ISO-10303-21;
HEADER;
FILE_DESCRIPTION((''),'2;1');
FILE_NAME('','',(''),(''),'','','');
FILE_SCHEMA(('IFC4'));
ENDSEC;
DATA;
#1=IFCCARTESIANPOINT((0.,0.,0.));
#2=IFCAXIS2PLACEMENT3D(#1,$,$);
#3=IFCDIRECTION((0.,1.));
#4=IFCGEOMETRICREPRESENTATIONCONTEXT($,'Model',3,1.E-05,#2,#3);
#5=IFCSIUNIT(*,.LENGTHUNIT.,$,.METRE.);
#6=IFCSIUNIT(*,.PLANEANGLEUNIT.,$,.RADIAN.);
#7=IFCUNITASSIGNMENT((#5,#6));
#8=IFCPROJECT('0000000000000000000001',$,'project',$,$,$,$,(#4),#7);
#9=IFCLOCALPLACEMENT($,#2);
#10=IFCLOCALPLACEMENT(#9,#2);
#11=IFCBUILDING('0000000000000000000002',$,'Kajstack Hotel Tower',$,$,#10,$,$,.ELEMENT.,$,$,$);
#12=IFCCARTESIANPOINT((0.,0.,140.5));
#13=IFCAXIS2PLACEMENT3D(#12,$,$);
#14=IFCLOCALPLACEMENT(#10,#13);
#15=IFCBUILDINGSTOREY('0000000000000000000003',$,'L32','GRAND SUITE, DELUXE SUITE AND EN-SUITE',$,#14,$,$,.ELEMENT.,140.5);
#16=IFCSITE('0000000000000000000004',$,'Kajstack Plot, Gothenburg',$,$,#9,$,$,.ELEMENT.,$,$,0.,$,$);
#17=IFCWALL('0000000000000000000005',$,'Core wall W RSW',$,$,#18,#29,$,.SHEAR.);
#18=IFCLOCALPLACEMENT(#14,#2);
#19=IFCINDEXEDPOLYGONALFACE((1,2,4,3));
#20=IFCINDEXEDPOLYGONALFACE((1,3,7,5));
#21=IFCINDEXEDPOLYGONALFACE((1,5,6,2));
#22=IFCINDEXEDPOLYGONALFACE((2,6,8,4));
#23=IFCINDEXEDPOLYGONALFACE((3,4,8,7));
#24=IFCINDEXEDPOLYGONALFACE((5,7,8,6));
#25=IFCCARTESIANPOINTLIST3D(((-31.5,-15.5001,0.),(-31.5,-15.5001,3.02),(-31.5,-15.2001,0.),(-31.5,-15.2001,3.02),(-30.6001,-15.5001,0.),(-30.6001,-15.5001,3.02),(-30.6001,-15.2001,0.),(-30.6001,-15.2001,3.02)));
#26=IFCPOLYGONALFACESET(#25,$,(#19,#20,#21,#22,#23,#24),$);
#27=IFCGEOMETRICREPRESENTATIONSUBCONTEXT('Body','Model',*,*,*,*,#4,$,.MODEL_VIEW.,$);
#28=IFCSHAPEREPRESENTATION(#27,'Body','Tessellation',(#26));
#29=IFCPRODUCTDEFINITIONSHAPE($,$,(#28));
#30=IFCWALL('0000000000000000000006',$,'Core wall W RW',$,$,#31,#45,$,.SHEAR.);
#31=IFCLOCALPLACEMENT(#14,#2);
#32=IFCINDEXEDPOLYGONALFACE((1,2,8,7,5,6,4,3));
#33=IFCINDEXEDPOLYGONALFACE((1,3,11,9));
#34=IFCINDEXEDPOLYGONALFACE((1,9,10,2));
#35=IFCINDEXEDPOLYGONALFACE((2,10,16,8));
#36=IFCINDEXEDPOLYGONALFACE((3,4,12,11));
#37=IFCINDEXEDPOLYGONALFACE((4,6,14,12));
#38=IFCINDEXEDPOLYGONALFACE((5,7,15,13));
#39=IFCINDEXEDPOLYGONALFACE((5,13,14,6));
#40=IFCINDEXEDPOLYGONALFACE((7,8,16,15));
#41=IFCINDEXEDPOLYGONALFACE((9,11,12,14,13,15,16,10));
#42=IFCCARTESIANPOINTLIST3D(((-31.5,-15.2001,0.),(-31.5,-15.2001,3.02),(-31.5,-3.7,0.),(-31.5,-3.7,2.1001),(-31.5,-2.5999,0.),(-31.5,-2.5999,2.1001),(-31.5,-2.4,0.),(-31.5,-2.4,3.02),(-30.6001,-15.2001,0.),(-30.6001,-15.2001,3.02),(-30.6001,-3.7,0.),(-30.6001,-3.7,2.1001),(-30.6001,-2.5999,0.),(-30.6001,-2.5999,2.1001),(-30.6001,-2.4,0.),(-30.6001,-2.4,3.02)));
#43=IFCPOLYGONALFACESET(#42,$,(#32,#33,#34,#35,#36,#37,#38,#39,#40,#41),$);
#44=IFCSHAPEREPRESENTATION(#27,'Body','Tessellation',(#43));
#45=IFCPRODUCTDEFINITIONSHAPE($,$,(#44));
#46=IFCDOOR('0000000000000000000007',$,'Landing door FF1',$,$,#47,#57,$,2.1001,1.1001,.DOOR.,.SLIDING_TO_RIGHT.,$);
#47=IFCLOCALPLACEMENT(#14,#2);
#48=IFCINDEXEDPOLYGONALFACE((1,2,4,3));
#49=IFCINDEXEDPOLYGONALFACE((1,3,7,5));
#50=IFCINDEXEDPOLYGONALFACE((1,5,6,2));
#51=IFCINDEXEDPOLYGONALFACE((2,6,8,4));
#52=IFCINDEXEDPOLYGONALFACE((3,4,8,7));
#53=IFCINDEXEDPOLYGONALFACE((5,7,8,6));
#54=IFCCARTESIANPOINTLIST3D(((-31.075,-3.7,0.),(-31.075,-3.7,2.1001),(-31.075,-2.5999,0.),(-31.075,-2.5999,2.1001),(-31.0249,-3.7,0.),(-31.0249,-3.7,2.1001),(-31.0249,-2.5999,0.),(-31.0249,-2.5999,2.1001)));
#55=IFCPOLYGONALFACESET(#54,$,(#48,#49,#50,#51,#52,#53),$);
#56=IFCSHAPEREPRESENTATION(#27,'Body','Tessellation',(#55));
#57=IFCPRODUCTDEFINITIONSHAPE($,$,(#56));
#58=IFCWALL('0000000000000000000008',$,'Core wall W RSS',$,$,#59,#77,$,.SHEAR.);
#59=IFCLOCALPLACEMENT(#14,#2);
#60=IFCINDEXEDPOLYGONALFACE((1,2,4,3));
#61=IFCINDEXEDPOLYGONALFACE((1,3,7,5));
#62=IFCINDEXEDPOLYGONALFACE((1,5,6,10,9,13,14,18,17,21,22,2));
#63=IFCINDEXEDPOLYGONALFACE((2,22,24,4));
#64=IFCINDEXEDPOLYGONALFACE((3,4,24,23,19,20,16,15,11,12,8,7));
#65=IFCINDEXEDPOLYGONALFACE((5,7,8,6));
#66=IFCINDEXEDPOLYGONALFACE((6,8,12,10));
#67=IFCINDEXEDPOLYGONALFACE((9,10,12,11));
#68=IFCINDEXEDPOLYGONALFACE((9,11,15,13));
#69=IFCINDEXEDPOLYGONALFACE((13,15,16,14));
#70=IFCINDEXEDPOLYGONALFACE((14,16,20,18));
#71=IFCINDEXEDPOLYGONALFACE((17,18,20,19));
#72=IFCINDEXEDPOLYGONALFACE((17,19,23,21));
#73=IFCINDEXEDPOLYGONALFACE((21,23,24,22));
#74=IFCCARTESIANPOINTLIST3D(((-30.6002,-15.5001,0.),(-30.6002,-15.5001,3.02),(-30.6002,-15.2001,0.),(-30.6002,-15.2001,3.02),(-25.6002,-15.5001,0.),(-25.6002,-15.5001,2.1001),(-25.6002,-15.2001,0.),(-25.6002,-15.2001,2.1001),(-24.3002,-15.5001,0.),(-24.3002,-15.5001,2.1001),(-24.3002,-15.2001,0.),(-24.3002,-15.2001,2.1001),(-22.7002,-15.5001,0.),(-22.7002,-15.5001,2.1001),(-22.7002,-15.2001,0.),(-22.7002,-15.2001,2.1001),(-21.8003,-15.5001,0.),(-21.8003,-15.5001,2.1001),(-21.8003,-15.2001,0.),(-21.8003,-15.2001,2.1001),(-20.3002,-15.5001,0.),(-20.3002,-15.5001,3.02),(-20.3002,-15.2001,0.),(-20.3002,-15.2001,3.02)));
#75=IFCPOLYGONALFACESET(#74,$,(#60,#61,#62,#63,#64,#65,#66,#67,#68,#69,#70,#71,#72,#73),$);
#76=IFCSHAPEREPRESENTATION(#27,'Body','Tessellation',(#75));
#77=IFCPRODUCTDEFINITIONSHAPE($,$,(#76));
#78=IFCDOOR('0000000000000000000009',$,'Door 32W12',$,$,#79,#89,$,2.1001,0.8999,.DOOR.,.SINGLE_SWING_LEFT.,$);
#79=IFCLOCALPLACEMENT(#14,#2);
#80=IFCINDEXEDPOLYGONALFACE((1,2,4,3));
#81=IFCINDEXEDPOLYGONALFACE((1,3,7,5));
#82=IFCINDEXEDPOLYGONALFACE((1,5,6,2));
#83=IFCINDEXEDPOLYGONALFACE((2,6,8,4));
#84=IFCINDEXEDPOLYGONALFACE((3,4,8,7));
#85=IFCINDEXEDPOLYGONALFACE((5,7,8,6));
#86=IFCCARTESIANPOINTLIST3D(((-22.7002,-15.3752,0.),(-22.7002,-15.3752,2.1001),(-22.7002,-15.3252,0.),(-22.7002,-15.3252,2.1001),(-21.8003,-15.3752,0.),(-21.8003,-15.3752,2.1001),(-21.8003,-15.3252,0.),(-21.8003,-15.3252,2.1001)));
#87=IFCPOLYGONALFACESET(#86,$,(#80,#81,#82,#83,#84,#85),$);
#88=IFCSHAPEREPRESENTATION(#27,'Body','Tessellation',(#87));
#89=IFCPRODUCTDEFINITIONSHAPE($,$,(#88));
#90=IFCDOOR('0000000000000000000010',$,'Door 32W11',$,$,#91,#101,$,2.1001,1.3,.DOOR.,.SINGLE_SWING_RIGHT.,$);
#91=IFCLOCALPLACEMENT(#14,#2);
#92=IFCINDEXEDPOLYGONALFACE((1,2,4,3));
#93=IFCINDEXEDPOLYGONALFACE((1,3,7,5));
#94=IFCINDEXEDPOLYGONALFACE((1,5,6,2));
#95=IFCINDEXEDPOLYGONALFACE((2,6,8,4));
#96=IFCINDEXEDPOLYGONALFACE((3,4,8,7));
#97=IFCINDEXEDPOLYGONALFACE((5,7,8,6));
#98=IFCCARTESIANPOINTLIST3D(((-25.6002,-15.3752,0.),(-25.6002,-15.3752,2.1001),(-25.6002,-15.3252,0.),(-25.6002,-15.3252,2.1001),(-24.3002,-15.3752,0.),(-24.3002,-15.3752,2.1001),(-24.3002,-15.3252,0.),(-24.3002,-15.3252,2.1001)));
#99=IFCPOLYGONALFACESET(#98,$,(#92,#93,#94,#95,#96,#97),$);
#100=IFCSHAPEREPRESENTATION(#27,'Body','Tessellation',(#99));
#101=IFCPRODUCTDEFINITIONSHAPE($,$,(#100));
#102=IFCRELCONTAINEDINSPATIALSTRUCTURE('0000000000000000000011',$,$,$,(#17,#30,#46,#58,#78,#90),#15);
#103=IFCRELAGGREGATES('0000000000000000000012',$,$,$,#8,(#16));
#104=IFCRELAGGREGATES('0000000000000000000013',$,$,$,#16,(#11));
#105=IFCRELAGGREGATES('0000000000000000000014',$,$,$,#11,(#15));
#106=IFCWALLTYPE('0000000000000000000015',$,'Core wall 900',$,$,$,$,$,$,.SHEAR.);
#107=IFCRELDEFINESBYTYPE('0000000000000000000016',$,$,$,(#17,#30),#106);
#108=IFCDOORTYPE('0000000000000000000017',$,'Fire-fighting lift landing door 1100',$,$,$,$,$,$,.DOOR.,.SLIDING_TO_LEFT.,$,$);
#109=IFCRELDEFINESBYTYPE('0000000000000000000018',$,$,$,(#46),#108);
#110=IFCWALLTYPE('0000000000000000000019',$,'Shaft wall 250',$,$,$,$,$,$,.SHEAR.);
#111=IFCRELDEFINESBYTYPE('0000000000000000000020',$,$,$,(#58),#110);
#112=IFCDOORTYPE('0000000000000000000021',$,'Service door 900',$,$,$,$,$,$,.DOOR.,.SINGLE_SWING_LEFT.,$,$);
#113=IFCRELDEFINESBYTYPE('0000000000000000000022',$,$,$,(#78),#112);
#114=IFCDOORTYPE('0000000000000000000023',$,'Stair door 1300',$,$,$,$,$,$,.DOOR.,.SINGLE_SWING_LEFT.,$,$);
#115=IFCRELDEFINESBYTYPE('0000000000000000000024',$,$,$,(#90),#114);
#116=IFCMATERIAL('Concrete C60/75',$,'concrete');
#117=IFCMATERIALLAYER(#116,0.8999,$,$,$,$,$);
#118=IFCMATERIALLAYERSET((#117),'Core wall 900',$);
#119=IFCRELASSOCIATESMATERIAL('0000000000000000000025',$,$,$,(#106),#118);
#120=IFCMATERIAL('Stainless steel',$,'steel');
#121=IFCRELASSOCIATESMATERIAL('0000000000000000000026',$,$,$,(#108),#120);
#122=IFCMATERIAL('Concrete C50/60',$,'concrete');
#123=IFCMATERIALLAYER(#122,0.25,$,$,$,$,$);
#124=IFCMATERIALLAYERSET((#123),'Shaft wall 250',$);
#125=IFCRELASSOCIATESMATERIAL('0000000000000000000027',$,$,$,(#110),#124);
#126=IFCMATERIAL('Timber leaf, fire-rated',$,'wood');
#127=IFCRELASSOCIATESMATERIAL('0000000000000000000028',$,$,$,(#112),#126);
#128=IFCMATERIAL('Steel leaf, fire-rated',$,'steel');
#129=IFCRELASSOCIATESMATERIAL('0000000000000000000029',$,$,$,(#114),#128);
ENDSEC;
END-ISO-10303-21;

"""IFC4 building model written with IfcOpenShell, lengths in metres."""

from ifc_helpers import new_model, si_unit, direction, frame, frame_2d, origin, place, context, subcontext, project, spatial, rectangle, extrude, material, layer, layer_set, type_object, element, fill, save


model = new_model("IFC4")

# Units and contexts
model_context = context("Model", 3, precision=1e-05, world=origin(), true_north=direction((0.0, 1.0)))
body_context = subcontext(model_context, "Body", "Model", "MODEL_VIEW")
ifc_project = project(units=[si_unit("LENGTHUNIT", "METRE"), si_unit("PLANEANGLEUNIT", "RADIAN")], contexts=[model_context])

# Site, building, storey
site_placement = place(None, origin())
site = spatial("IfcSite", under=ifc_project, at=site_placement, Name="Kajstack Plot, Gothenburg", CompositionType="ELEMENT", RefElevation=0.0)
building_placement = place(site_placement, origin())
building = spatial("IfcBuilding", under=site, at=building_placement, Name="Kajstack Hotel Tower", CompositionType="ELEMENT")
storey_placement = place(building_placement, frame((0.0, 0.0, 140.5)))
storey = spatial("IfcBuildingStorey", under=building, at=storey_placement, Name="L32", Description="GRAND SUITE, DELUXE SUITE AND EN-SUITE", CompositionType="ELEMENT", Elevation=140.5)

# Wall
ifc_material_1 = material(Name="Concrete C60/75", Category="concrete")
ifc_layer_1 = layer(ifc_material_1, 0.8999)
ifc_layer_set_1 = layer_set([ifc_layer_1], Name="Core wall 900")
wall_type_1 = type_object("IfcWallType", Name="Core wall 900", PredefinedType="SHEAR", material=ifc_layer_set_1)
wall_1_placement = place(storey_placement, frame((-31.5, -15.3501, 0.0), z_axis=(0.0, 0.0, 1.0), x_axis=(1.0, 0.0, 0.0)))
element("IfcWall", 1, at=wall_1_placement, inside=storey, type_object=wall_type_1, Name="Core wall W RSW", PredefinedType="SHEAR", context=body_context, shape_type="SweptSolid", body=[
    extrude(rectangle(XDim=0.8999, YDim=0.3, at=frame_2d((0.45, 0.0))), origin(), (0.0, 0.0, 1.0), 3.02),
])

# Wall, opening, door
wall_2_placement = place(storey_placement, frame((-31.05, -15.2, 0.0), z_axis=(0.0, 0.0, 1.0), x_axis=(0.0, 1.0, 0.0)))
wall_2 = element("IfcWall", 2, at=wall_2_placement, inside=storey, type_object=wall_type_1, Name="Core wall W RW", PredefinedType="SHEAR", context=body_context, shape_type="SweptSolid", body=[
    extrude(rectangle(XDim=12.8, YDim=0.8999, at=frame_2d((6.3999, 0.0))), origin(), (0.0, 0.0, 1.0), 3.02),
])
opening_1_placement = place(wall_2_placement, frame((11.5, 0.0, 0.0)))
opening_1 = element("IfcOpeningElement", 3, at=opening_1_placement, cuts=wall_2, PredefinedType="OPENING", context=body_context, shape_type="SweptSolid", body=[
    extrude(rectangle(XDim=1.1001, YDim=2.1001, at=frame_2d((0.55, 1.05))), frame((0.0, 0.46, 0.0), z_axis=(0.0, -1.0, 0.0), x_axis=(1.0, 0.0, 0.0)), (0.0, 0.0, 1.0), 0.9199),
])
ifc_material_2 = material(Name="Stainless steel", Category="steel")
door_type_1 = type_object("IfcDoorType", Name="Fire-fighting lift landing door 1100", OperationType="SLIDING_TO_LEFT", PredefinedType="DOOR", material=ifc_material_2)
door_1_placement = place(opening_1_placement, origin())
door_1 = element("IfcDoor", 4, at=door_1_placement, inside=storey, type_object=door_type_1, Name="Landing door FF1", OperationType="SLIDING_TO_RIGHT", OverallHeight=2.1001, OverallWidth=1.1001, PredefinedType="DOOR", context=body_context, shape_type="SweptSolid", body=[
    extrude(rectangle(XDim=1.1001, YDim=2.1001, at=frame_2d((0.55, 1.05))), frame((0.0, 0.0249, 0.0), z_axis=(0.0, -1.0, 0.0), x_axis=(1.0, 0.0, 0.0)), (0.0, 0.0, 1.0), 0.05),
])
fill(opening_1, door_1)

# Wall, openings, doors
ifc_material_3 = material(Name="Concrete C50/60", Category="concrete")
ifc_layer_2 = layer(ifc_material_3, 0.25)
ifc_layer_set_2 = layer_set([ifc_layer_2], Name="Shaft wall 250")
wall_type_2 = type_object("IfcWallType", Name="Shaft wall 250", PredefinedType="SHEAR", material=ifc_layer_set_2)
wall_3_placement = place(storey_placement, frame((-30.6001, -15.3501, 0.0), z_axis=(0.0, 0.0, 1.0), x_axis=(1.0, 0.0, 0.0)))
wall_3 = element("IfcWall", 5, at=wall_3_placement, inside=storey, type_object=wall_type_2, Name="Core wall W RSS", PredefinedType="SHEAR", context=body_context, shape_type="SweptSolid", body=[
    extrude(rectangle(XDim=10.3, YDim=0.3, at=frame_2d((5.1499, 0.0))), origin(), (0.0, 0.0, 1.0), 3.02),
])
opening_2_placement = place(wall_3_placement, frame((5.0, 0.0, 0.0)))
opening_2 = element("IfcOpeningElement", 6, at=opening_2_placement, cuts=wall_3, PredefinedType="OPENING", context=body_context, shape_type="SweptSolid", body=[
    extrude(rectangle(XDim=1.3, YDim=2.1001, at=frame_2d((0.6499, 1.05))), frame((0.0, 0.1599, 0.0), z_axis=(0.0, -1.0, 0.0), x_axis=(1.0, 0.0, 0.0)), (0.0, 0.0, 1.0), 0.3201),
])
opening_3_placement = place(wall_3_placement, frame((7.8999, 0.0, 0.0)))
opening_3 = element("IfcOpeningElement", 7, at=opening_3_placement, cuts=wall_3, PredefinedType="OPENING", context=body_context, shape_type="SweptSolid", body=[
    extrude(rectangle(XDim=0.8999, YDim=2.1001, at=frame_2d((0.45, 1.05))), frame((0.0, 0.1599, 0.0), z_axis=(0.0, -1.0, 0.0), x_axis=(1.0, 0.0, 0.0)), (0.0, 0.0, 1.0), 0.3201),
])
ifc_material_4 = material(Name="Timber leaf, fire-rated", Category="wood")
door_type_2 = type_object("IfcDoorType", Name="Service door 900", OperationType="SINGLE_SWING_LEFT", PredefinedType="DOOR", material=ifc_material_4)
door_2_placement = place(opening_3_placement, origin())
door_2 = element("IfcDoor", 8, at=door_2_placement, inside=storey, type_object=door_type_2, Name="Door 32W12", OperationType="SINGLE_SWING_LEFT", OverallHeight=2.1001, OverallWidth=0.8999, PredefinedType="DOOR", context=body_context, shape_type="SweptSolid", body=[
    extrude(rectangle(XDim=0.8999, YDim=2.1001, at=frame_2d((0.45, 1.05))), frame((0.0, 0.0249, 0.0), z_axis=(0.0, -1.0, 0.0), x_axis=(1.0, 0.0, 0.0)), (0.0, 0.0, 1.0), 0.05),
])
fill(opening_3, door_2)
ifc_material_5 = material(Name="Steel leaf, fire-rated", Category="steel")
door_type_3 = type_object("IfcDoorType", Name="Stair door 1300", OperationType="SINGLE_SWING_LEFT", PredefinedType="DOOR", material=ifc_material_5)
door_3_placement = place(opening_2_placement, origin())
door_3 = element("IfcDoor", 9, at=door_3_placement, inside=storey, type_object=door_type_3, Name="Door 32W11", OperationType="SINGLE_SWING_RIGHT", OverallHeight=2.1001, OverallWidth=1.3, PredefinedType="DOOR", context=body_context, shape_type="SweptSolid", body=[
    extrude(rectangle(XDim=1.3, YDim=2.1001, at=frame_2d((0.6499, 1.05))), frame((0.0, 0.0249, 0.0), z_axis=(0.0, -1.0, 0.0), x_axis=(1.0, 0.0, 0.0)), (0.0, 0.0, 1.0), 0.05),
])
fill(opening_2, door_3)

save(model, "model.ifc")
